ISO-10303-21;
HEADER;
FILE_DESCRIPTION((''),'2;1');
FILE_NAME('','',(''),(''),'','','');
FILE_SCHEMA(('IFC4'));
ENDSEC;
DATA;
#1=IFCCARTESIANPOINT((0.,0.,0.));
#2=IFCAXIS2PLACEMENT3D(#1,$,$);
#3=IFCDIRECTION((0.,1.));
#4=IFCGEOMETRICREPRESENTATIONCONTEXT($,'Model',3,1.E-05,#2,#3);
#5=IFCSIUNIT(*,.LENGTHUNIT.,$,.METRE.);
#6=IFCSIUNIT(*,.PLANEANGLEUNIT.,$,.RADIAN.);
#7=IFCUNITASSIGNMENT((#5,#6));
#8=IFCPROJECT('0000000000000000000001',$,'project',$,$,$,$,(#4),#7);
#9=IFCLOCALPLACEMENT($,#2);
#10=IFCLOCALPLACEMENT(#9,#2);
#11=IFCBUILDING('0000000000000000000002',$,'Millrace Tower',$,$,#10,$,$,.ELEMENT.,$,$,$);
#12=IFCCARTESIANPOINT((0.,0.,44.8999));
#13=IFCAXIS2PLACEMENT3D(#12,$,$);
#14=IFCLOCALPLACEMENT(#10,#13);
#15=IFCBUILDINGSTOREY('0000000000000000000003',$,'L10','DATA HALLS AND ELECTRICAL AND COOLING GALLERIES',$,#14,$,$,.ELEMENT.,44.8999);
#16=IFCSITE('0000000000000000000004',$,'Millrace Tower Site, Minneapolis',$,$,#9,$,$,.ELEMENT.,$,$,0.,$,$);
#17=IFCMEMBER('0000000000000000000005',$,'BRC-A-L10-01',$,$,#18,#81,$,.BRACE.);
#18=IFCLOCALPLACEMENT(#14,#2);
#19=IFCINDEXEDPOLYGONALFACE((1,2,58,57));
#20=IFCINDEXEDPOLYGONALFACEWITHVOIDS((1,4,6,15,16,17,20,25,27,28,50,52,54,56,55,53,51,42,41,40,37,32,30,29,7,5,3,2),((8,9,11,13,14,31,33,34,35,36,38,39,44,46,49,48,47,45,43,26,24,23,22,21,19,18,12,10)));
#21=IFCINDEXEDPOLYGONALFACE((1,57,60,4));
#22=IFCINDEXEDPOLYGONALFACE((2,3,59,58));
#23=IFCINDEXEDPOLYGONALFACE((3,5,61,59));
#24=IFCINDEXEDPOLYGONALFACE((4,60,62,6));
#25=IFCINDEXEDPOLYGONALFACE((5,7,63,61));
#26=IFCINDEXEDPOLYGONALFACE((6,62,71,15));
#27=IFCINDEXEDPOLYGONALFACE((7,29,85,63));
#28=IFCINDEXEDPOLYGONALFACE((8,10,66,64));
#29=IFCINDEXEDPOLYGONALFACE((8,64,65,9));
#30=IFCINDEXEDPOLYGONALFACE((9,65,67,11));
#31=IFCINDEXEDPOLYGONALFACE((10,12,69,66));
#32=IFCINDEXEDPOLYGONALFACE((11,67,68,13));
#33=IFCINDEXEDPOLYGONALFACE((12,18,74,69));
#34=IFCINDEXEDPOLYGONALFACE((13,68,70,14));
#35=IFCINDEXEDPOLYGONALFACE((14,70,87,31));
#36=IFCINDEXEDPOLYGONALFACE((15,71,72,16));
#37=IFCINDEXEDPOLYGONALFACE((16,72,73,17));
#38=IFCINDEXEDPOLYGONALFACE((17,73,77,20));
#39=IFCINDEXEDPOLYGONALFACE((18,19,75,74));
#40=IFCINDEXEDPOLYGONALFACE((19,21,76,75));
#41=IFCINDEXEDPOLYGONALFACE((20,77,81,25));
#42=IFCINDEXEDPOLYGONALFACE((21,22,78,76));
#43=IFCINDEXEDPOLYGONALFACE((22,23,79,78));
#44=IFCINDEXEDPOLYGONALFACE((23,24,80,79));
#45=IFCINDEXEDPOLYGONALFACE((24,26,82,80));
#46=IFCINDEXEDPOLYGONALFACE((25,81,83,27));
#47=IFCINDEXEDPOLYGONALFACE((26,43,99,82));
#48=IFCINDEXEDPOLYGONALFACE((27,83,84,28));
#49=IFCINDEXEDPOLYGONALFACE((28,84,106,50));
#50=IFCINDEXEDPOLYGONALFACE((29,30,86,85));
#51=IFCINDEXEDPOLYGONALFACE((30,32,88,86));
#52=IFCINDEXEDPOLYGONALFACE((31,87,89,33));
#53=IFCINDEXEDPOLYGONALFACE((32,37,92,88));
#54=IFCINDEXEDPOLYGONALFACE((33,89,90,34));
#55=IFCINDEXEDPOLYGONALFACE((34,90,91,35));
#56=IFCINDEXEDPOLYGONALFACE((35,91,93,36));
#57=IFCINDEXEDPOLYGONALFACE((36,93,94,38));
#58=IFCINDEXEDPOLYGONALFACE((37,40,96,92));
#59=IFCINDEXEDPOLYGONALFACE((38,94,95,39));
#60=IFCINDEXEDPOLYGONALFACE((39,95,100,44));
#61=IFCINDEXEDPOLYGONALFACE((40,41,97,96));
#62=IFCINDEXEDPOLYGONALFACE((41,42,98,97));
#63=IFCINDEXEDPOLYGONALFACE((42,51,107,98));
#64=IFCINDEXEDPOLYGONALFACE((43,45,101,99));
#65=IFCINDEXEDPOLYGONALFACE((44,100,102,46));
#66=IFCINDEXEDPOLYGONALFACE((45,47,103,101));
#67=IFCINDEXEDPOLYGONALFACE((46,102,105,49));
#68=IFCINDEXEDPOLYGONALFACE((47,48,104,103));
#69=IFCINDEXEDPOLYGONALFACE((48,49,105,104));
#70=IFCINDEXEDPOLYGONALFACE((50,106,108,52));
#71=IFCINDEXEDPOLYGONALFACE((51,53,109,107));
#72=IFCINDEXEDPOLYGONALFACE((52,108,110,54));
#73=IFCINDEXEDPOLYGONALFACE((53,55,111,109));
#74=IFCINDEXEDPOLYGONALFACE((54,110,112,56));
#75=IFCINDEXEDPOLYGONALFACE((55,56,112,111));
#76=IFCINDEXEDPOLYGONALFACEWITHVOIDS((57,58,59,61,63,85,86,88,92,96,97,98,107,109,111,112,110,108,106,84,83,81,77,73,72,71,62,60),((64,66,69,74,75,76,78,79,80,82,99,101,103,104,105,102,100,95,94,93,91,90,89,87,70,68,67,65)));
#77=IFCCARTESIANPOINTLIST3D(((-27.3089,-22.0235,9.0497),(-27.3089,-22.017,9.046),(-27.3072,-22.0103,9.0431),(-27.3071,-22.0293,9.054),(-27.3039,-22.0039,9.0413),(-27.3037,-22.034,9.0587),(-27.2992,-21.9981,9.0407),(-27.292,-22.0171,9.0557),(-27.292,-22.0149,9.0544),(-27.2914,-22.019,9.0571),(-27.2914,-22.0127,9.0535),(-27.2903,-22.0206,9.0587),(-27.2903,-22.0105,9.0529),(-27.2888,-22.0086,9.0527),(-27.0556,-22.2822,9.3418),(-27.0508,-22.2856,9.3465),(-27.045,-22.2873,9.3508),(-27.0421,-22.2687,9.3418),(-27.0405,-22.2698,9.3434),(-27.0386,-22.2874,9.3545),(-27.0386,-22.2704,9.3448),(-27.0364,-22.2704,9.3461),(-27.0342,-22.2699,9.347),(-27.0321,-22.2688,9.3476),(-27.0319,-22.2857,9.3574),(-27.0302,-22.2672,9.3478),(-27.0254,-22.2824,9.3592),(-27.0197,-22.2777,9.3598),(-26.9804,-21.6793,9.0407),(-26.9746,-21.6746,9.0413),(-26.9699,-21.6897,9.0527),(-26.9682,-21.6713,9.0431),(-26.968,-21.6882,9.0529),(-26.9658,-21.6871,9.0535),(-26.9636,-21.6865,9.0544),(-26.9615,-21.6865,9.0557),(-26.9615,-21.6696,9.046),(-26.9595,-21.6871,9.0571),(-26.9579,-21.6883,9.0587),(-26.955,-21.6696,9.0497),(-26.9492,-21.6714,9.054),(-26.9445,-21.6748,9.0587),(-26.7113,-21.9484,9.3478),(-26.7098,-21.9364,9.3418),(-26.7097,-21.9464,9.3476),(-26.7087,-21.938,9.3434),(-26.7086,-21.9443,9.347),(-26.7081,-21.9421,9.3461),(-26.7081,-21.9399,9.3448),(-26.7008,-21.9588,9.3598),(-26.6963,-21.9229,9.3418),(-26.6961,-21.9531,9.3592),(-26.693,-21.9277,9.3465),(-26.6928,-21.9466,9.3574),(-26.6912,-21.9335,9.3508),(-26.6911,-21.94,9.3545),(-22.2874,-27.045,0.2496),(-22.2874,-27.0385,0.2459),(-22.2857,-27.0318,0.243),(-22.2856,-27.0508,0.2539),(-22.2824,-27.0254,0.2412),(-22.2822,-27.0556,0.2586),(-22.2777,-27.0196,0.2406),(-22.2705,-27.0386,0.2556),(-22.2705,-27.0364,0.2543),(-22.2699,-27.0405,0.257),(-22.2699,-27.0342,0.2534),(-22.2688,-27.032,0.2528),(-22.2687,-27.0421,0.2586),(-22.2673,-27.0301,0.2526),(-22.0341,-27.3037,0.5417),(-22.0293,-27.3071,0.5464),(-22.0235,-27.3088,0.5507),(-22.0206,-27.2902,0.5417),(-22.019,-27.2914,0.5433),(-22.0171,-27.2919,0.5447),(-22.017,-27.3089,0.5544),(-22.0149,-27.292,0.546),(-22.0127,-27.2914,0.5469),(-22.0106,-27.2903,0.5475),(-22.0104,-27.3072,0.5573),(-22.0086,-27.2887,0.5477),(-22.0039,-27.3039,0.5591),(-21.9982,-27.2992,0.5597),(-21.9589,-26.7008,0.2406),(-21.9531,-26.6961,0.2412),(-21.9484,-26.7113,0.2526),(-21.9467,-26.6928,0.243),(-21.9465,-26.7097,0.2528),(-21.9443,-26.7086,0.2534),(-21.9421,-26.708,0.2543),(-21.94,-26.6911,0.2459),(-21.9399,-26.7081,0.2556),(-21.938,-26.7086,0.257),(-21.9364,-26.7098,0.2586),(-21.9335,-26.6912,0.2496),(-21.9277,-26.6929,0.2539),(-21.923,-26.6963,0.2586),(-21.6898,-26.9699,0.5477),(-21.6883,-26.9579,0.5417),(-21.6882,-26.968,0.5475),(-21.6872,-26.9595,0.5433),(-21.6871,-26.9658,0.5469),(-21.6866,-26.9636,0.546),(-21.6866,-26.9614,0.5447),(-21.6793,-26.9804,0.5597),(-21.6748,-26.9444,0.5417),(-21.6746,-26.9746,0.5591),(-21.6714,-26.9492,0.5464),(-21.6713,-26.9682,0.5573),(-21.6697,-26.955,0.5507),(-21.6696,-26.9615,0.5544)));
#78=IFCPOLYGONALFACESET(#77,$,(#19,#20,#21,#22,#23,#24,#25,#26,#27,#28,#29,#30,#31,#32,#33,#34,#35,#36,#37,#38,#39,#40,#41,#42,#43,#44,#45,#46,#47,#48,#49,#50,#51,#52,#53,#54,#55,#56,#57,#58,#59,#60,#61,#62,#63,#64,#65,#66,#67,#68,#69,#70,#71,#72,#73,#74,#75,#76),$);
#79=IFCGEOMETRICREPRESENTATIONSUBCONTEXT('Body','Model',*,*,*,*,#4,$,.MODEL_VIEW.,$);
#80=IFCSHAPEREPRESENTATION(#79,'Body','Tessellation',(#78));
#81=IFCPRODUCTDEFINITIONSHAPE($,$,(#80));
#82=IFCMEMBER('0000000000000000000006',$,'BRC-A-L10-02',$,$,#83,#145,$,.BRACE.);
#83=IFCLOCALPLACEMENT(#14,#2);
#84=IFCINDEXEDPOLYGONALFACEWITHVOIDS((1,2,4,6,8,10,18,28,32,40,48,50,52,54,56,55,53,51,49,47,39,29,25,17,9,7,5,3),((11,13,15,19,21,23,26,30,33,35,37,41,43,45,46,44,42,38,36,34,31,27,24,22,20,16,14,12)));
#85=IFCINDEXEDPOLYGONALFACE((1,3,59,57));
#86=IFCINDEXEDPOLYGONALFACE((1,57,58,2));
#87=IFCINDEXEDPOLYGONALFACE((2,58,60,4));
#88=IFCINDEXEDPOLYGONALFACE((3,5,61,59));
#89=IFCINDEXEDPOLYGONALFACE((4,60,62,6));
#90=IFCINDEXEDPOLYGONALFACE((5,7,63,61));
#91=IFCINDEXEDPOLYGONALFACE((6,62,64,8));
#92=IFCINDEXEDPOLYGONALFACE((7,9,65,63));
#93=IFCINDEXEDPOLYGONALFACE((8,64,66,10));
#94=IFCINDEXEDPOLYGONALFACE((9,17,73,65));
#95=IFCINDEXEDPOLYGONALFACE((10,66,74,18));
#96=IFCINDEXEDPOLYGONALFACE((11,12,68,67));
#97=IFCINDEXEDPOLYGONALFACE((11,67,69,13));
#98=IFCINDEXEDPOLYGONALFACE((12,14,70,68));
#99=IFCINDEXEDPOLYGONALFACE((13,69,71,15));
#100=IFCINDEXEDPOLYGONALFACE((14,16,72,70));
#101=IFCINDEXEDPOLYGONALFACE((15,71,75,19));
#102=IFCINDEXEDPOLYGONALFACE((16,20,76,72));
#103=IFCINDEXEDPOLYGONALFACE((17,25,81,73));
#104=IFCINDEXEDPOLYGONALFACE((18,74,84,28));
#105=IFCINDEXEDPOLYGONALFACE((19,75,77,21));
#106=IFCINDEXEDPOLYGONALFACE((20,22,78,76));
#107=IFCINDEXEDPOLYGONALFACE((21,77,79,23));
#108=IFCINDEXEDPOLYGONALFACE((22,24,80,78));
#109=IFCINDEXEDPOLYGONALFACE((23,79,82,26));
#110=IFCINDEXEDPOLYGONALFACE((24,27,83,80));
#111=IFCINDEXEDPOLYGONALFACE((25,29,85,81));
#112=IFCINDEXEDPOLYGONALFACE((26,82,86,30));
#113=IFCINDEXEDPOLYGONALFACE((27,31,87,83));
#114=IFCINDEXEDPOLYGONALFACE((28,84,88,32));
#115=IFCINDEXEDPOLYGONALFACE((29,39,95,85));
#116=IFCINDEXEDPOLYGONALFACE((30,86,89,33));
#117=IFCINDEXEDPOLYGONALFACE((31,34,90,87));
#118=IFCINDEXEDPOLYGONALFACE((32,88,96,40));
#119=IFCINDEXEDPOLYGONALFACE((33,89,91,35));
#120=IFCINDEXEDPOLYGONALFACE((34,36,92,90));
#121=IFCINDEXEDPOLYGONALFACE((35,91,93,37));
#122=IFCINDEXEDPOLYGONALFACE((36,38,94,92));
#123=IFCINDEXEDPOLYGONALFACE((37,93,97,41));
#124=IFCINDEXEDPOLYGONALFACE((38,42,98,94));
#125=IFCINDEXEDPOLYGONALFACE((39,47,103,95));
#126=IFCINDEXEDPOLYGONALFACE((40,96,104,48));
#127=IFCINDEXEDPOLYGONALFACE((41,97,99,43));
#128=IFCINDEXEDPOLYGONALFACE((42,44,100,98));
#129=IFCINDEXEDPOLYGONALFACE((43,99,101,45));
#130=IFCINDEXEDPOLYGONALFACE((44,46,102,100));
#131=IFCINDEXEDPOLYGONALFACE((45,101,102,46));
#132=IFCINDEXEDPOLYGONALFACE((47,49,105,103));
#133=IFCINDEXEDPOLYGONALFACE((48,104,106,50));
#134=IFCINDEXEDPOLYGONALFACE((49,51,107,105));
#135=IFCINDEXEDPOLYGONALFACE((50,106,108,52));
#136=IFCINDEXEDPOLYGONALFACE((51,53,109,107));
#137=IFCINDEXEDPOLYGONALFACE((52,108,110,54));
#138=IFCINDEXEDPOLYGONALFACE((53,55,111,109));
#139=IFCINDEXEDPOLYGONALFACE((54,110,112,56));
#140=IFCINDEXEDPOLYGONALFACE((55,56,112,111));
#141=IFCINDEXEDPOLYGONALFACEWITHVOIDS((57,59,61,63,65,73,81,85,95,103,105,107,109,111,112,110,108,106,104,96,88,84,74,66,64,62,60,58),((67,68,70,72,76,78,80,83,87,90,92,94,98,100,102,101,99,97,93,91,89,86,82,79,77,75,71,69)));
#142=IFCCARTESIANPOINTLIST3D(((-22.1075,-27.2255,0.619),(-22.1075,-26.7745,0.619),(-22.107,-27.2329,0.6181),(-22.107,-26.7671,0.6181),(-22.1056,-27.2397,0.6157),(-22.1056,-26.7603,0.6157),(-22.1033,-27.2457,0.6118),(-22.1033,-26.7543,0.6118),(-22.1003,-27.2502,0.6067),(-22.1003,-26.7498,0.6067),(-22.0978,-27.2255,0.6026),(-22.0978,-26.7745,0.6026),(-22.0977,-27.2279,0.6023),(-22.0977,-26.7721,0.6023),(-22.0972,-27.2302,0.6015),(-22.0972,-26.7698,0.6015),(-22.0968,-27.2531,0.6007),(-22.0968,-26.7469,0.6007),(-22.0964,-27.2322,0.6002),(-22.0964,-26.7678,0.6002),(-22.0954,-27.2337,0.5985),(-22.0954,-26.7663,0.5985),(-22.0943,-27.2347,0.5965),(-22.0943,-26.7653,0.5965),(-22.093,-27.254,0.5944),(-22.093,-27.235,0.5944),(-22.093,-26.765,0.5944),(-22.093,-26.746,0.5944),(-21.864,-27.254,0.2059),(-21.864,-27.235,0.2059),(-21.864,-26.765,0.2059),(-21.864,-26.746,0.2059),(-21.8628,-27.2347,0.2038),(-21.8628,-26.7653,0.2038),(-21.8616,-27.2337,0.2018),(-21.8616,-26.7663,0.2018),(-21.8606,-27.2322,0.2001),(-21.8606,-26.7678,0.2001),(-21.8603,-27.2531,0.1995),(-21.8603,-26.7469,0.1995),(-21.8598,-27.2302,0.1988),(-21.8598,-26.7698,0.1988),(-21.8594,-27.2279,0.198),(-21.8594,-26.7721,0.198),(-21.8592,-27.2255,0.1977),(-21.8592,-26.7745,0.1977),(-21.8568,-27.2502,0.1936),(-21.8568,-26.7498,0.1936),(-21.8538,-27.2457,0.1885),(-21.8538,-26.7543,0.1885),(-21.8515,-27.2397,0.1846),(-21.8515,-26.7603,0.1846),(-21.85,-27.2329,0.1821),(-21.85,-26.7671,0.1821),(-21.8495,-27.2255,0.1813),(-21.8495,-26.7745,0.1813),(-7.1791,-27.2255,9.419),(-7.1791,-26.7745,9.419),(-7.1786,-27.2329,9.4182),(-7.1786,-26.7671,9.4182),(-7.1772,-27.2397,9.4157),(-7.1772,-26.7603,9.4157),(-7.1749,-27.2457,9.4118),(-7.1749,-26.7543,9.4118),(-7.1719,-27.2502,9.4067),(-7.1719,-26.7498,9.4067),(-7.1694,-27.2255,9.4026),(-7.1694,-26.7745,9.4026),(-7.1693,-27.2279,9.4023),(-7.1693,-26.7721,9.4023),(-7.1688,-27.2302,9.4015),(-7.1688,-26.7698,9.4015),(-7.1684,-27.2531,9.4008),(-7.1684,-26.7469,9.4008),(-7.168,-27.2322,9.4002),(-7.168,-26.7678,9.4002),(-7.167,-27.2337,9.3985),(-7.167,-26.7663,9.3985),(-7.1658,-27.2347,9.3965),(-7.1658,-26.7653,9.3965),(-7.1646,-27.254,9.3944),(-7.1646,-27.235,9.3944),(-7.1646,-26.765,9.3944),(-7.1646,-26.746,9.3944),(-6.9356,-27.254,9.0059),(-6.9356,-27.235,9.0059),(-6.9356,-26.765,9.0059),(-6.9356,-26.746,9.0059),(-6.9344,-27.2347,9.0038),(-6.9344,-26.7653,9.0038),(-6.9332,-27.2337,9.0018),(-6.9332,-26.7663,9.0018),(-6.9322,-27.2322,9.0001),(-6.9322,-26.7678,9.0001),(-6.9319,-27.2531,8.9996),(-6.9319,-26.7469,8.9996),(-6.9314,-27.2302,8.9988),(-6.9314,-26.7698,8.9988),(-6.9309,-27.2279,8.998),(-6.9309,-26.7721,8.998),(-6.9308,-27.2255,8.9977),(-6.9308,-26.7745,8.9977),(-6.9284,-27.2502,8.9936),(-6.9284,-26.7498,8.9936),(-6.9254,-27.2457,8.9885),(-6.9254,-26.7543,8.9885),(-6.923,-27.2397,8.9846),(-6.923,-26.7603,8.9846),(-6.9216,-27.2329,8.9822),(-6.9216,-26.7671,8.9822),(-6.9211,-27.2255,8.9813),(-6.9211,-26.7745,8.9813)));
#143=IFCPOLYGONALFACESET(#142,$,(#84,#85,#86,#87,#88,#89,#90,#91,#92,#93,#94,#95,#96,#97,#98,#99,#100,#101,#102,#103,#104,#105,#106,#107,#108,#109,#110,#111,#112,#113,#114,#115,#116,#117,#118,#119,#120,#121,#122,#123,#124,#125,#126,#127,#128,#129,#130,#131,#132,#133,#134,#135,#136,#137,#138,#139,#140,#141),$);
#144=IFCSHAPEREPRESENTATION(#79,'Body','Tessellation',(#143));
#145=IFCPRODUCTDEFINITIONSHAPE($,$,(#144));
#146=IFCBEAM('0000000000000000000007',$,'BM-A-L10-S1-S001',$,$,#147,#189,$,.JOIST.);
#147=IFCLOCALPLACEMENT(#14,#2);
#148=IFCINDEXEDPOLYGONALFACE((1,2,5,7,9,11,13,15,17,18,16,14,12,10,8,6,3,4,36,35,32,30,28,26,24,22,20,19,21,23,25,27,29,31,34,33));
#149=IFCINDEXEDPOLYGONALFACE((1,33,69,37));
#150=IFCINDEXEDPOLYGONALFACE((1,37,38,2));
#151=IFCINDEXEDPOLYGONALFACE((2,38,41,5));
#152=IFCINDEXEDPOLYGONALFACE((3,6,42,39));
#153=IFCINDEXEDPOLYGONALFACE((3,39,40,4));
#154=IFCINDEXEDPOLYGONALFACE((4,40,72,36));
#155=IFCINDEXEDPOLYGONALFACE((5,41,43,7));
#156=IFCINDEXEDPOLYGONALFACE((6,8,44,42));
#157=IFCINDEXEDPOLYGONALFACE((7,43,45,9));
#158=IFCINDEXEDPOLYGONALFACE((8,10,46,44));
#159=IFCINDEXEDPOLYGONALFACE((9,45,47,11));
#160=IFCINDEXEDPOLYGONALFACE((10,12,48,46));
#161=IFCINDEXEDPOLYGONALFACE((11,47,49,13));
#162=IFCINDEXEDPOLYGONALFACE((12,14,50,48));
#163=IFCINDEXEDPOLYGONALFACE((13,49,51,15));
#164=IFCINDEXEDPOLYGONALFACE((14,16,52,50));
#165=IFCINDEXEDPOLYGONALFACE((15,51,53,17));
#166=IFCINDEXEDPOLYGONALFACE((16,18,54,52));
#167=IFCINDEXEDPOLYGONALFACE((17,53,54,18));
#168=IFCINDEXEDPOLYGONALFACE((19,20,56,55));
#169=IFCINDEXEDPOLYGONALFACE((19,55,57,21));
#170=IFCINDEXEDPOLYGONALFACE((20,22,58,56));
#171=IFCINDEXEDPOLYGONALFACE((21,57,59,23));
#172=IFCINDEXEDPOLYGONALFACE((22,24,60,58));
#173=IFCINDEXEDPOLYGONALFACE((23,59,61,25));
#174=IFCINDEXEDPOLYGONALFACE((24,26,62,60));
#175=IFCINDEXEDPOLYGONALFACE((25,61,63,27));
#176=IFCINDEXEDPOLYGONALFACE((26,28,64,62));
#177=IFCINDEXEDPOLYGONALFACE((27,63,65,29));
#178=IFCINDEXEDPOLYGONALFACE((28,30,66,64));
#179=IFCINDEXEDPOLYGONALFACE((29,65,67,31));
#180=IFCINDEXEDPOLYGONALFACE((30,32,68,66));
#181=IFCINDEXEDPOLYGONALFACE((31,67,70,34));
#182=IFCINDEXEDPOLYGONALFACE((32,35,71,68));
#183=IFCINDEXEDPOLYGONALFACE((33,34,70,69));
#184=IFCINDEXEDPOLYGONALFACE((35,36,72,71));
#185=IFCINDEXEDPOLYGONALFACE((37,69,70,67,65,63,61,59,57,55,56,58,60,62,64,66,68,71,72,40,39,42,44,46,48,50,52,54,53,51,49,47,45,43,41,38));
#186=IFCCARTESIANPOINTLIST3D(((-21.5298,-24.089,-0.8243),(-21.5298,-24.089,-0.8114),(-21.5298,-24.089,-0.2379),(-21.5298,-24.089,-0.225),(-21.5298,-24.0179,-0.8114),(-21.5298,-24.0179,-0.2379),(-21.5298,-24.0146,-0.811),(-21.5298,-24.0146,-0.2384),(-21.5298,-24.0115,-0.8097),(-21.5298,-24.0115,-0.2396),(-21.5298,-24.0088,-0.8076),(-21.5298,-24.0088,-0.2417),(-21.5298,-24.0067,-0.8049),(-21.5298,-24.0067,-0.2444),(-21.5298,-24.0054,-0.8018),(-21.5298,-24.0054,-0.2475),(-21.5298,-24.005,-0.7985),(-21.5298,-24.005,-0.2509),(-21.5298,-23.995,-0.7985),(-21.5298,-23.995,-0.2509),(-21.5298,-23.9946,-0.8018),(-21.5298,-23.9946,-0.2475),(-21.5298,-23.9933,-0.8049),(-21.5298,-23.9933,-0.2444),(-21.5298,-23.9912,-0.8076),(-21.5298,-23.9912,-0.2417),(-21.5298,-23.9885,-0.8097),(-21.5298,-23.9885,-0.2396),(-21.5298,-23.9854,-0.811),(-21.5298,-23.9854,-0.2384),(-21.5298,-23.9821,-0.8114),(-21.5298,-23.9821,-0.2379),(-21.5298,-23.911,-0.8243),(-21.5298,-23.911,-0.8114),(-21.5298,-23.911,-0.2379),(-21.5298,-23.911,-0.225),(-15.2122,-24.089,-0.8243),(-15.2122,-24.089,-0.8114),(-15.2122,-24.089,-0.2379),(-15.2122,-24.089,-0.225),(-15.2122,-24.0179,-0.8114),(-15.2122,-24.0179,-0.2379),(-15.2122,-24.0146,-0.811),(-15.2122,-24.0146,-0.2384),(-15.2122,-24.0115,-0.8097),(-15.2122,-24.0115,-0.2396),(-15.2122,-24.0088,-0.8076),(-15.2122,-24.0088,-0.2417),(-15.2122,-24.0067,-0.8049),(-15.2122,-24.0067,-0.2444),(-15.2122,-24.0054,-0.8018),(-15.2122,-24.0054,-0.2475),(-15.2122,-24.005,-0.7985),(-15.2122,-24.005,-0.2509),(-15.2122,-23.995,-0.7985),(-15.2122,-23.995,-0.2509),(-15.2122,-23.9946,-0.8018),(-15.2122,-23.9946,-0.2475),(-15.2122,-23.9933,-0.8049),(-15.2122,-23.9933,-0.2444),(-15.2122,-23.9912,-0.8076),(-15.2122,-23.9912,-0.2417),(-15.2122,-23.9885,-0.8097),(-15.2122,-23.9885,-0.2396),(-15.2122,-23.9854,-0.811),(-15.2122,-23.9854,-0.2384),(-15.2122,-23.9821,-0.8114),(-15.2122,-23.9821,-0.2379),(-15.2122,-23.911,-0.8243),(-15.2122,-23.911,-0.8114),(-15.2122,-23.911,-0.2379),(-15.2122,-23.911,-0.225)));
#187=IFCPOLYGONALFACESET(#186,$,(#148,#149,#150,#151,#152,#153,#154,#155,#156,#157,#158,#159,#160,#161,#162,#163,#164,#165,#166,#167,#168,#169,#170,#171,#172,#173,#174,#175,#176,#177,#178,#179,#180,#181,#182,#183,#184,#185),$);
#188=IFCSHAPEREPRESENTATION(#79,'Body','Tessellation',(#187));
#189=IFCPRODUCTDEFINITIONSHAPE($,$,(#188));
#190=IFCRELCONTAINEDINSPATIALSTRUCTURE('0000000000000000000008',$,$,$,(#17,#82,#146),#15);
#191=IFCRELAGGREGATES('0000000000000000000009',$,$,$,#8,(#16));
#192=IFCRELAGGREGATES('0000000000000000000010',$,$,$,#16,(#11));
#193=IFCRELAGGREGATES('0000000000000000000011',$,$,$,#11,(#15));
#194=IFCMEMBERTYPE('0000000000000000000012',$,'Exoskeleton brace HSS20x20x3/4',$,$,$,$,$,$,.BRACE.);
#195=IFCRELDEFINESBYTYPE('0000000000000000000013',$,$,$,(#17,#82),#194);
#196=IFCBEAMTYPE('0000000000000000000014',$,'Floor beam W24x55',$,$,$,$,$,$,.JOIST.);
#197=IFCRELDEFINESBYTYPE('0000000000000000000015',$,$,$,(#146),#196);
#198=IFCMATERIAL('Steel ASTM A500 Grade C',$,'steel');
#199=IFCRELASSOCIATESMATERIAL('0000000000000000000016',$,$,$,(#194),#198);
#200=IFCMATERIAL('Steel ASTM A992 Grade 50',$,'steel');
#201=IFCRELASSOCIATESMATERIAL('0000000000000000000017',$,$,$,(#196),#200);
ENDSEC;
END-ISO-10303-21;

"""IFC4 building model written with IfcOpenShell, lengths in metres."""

from ifc_helpers import new_model, si_unit, direction, frame, origin, origin_2d, place, context, subcontext, project, spatial, hollow_rectangle, i_section, extrude, material, material_profile, profile_set, type_object, element, save


model = new_model("IFC4")

# Units and contexts
model_context = context("Model", 3, precision=1e-05, world=origin(), true_north=direction((0.0, 1.0)))
body_context = subcontext(model_context, "Body", "Model", "MODEL_VIEW")
ifc_project = project(units=[si_unit("LENGTHUNIT", "METRE"), si_unit("PLANEANGLEUNIT", "RADIAN")], contexts=[model_context])

# Site, building, storey
site_placement = place(None, origin())
site = spatial("IfcSite", under=ifc_project, at=site_placement, Name="Millrace Tower Site, Minneapolis", CompositionType="ELEMENT", RefElevation=0.0)
building_placement = place(site_placement, origin())
building = spatial("IfcBuilding", under=site, at=building_placement, Name="Millrace Tower", CompositionType="ELEMENT")
storey_placement = place(building_placement, frame((0.0, 0.0, 44.8999)))
storey = spatial("IfcBuildingStorey", under=building, at=storey_placement, Name="L10", Description="DATA HALLS AND ELECTRICAL AND COOLING GALLERIES", CompositionType="ELEMENT", Elevation=44.8999)

# Members
ifc_material_1 = material(Name="Steel ASTM A500 Grade C", Category="steel")
ifc_material_profile_1 = material_profile(ifc_material_1, hollow_rectangle(XDim=0.5081, YDim=0.5081, WallThickness=0.019, InnerFilletRadius=0.0095, OuterFilletRadius=0.0286, at=origin_2d()))
ifc_profile_set_1 = profile_set([ifc_material_profile_1], Name="Steel ASTM A500 Grade C")
member_type_1 = type_object("IfcMemberType", Name="Exoskeleton brace HSS20x20x3/4", PredefinedType="BRACE", material=ifc_profile_set_1)
member_1_placement = place(storey_placement, frame((-21.9785, -27.0, 0.4001), z_axis=(-0.444064, 0.444064, 0.778213), x_axis=(-0.707107, -0.707107, 0.0)))
element("IfcMember", 1, at=member_1_placement, inside=storey, type_object=member_type_1, Name="BRC-A-L10-01", PredefinedType="BRACE", context=body_context, shape_type="SweptSolid", body=[
    extrude(hollow_rectangle(XDim=0.5081, YDim=0.5081, WallThickness=0.019, InnerFilletRadius=0.0095, OuterFilletRadius=0.0286, at=origin_2d()), origin(), (0.0, 0.0, 1.0), 11.3081),
])
member_2_placement = place(storey_placement, frame((-21.9785, -27.0, 0.4001), z_axis=(0.861465, 0.0, 0.507817), x_axis=(0.0, 1.0, 0.0)))
element("IfcMember", 2, at=member_2_placement, inside=storey, type_object=member_type_1, Name="BRC-A-L10-02", PredefinedType="BRACE", context=body_context, shape_type="SweptSolid", body=[
    extrude(hollow_rectangle(XDim=0.5081, YDim=0.5081, WallThickness=0.019, InnerFilletRadius=0.0095, OuterFilletRadius=0.0286, at=origin_2d()), origin(), (0.0, 0.0, 1.0), 17.3291),
])

# Beam
ifc_material_2 = material(Name="Steel ASTM A992 Grade 50", Category="steel")
ifc_material_profile_2 = material_profile(ifc_material_2, i_section(OverallWidth=0.178, OverallDepth=0.5994, WebThickness=0.01, FlangeThickness=0.0129, FilletRadius=0.0129, at=origin_2d()))
ifc_profile_set_2 = profile_set([ifc_material_profile_2], Name="Steel ASTM A992 Grade 50")
beam_type_1 = type_object("IfcBeamType", Name="Floor beam W24x55", PredefinedType="JOIST", material=ifc_profile_set_2)
beam_1_placement = place(storey_placement, frame((-21.5298, -24.0, -0.5247), z_axis=(1.0, 0.0, 0.0), x_axis=(0.0, 1.0, 0.0)))
element("IfcBeam", 3, at=beam_1_placement, inside=storey, type_object=beam_type_1, Name="BM-A-L10-S1-S001", PredefinedType="JOIST", context=body_context, shape_type="SweptSolid", body=[
    extrude(i_section(OverallWidth=0.178, OverallDepth=0.5994, WebThickness=0.01, FlangeThickness=0.0129, FilletRadius=0.0129, at=origin_2d()), origin(), (0.0, 0.0, 1.0), 6.3176),
])

save(model, "model.ifc")
